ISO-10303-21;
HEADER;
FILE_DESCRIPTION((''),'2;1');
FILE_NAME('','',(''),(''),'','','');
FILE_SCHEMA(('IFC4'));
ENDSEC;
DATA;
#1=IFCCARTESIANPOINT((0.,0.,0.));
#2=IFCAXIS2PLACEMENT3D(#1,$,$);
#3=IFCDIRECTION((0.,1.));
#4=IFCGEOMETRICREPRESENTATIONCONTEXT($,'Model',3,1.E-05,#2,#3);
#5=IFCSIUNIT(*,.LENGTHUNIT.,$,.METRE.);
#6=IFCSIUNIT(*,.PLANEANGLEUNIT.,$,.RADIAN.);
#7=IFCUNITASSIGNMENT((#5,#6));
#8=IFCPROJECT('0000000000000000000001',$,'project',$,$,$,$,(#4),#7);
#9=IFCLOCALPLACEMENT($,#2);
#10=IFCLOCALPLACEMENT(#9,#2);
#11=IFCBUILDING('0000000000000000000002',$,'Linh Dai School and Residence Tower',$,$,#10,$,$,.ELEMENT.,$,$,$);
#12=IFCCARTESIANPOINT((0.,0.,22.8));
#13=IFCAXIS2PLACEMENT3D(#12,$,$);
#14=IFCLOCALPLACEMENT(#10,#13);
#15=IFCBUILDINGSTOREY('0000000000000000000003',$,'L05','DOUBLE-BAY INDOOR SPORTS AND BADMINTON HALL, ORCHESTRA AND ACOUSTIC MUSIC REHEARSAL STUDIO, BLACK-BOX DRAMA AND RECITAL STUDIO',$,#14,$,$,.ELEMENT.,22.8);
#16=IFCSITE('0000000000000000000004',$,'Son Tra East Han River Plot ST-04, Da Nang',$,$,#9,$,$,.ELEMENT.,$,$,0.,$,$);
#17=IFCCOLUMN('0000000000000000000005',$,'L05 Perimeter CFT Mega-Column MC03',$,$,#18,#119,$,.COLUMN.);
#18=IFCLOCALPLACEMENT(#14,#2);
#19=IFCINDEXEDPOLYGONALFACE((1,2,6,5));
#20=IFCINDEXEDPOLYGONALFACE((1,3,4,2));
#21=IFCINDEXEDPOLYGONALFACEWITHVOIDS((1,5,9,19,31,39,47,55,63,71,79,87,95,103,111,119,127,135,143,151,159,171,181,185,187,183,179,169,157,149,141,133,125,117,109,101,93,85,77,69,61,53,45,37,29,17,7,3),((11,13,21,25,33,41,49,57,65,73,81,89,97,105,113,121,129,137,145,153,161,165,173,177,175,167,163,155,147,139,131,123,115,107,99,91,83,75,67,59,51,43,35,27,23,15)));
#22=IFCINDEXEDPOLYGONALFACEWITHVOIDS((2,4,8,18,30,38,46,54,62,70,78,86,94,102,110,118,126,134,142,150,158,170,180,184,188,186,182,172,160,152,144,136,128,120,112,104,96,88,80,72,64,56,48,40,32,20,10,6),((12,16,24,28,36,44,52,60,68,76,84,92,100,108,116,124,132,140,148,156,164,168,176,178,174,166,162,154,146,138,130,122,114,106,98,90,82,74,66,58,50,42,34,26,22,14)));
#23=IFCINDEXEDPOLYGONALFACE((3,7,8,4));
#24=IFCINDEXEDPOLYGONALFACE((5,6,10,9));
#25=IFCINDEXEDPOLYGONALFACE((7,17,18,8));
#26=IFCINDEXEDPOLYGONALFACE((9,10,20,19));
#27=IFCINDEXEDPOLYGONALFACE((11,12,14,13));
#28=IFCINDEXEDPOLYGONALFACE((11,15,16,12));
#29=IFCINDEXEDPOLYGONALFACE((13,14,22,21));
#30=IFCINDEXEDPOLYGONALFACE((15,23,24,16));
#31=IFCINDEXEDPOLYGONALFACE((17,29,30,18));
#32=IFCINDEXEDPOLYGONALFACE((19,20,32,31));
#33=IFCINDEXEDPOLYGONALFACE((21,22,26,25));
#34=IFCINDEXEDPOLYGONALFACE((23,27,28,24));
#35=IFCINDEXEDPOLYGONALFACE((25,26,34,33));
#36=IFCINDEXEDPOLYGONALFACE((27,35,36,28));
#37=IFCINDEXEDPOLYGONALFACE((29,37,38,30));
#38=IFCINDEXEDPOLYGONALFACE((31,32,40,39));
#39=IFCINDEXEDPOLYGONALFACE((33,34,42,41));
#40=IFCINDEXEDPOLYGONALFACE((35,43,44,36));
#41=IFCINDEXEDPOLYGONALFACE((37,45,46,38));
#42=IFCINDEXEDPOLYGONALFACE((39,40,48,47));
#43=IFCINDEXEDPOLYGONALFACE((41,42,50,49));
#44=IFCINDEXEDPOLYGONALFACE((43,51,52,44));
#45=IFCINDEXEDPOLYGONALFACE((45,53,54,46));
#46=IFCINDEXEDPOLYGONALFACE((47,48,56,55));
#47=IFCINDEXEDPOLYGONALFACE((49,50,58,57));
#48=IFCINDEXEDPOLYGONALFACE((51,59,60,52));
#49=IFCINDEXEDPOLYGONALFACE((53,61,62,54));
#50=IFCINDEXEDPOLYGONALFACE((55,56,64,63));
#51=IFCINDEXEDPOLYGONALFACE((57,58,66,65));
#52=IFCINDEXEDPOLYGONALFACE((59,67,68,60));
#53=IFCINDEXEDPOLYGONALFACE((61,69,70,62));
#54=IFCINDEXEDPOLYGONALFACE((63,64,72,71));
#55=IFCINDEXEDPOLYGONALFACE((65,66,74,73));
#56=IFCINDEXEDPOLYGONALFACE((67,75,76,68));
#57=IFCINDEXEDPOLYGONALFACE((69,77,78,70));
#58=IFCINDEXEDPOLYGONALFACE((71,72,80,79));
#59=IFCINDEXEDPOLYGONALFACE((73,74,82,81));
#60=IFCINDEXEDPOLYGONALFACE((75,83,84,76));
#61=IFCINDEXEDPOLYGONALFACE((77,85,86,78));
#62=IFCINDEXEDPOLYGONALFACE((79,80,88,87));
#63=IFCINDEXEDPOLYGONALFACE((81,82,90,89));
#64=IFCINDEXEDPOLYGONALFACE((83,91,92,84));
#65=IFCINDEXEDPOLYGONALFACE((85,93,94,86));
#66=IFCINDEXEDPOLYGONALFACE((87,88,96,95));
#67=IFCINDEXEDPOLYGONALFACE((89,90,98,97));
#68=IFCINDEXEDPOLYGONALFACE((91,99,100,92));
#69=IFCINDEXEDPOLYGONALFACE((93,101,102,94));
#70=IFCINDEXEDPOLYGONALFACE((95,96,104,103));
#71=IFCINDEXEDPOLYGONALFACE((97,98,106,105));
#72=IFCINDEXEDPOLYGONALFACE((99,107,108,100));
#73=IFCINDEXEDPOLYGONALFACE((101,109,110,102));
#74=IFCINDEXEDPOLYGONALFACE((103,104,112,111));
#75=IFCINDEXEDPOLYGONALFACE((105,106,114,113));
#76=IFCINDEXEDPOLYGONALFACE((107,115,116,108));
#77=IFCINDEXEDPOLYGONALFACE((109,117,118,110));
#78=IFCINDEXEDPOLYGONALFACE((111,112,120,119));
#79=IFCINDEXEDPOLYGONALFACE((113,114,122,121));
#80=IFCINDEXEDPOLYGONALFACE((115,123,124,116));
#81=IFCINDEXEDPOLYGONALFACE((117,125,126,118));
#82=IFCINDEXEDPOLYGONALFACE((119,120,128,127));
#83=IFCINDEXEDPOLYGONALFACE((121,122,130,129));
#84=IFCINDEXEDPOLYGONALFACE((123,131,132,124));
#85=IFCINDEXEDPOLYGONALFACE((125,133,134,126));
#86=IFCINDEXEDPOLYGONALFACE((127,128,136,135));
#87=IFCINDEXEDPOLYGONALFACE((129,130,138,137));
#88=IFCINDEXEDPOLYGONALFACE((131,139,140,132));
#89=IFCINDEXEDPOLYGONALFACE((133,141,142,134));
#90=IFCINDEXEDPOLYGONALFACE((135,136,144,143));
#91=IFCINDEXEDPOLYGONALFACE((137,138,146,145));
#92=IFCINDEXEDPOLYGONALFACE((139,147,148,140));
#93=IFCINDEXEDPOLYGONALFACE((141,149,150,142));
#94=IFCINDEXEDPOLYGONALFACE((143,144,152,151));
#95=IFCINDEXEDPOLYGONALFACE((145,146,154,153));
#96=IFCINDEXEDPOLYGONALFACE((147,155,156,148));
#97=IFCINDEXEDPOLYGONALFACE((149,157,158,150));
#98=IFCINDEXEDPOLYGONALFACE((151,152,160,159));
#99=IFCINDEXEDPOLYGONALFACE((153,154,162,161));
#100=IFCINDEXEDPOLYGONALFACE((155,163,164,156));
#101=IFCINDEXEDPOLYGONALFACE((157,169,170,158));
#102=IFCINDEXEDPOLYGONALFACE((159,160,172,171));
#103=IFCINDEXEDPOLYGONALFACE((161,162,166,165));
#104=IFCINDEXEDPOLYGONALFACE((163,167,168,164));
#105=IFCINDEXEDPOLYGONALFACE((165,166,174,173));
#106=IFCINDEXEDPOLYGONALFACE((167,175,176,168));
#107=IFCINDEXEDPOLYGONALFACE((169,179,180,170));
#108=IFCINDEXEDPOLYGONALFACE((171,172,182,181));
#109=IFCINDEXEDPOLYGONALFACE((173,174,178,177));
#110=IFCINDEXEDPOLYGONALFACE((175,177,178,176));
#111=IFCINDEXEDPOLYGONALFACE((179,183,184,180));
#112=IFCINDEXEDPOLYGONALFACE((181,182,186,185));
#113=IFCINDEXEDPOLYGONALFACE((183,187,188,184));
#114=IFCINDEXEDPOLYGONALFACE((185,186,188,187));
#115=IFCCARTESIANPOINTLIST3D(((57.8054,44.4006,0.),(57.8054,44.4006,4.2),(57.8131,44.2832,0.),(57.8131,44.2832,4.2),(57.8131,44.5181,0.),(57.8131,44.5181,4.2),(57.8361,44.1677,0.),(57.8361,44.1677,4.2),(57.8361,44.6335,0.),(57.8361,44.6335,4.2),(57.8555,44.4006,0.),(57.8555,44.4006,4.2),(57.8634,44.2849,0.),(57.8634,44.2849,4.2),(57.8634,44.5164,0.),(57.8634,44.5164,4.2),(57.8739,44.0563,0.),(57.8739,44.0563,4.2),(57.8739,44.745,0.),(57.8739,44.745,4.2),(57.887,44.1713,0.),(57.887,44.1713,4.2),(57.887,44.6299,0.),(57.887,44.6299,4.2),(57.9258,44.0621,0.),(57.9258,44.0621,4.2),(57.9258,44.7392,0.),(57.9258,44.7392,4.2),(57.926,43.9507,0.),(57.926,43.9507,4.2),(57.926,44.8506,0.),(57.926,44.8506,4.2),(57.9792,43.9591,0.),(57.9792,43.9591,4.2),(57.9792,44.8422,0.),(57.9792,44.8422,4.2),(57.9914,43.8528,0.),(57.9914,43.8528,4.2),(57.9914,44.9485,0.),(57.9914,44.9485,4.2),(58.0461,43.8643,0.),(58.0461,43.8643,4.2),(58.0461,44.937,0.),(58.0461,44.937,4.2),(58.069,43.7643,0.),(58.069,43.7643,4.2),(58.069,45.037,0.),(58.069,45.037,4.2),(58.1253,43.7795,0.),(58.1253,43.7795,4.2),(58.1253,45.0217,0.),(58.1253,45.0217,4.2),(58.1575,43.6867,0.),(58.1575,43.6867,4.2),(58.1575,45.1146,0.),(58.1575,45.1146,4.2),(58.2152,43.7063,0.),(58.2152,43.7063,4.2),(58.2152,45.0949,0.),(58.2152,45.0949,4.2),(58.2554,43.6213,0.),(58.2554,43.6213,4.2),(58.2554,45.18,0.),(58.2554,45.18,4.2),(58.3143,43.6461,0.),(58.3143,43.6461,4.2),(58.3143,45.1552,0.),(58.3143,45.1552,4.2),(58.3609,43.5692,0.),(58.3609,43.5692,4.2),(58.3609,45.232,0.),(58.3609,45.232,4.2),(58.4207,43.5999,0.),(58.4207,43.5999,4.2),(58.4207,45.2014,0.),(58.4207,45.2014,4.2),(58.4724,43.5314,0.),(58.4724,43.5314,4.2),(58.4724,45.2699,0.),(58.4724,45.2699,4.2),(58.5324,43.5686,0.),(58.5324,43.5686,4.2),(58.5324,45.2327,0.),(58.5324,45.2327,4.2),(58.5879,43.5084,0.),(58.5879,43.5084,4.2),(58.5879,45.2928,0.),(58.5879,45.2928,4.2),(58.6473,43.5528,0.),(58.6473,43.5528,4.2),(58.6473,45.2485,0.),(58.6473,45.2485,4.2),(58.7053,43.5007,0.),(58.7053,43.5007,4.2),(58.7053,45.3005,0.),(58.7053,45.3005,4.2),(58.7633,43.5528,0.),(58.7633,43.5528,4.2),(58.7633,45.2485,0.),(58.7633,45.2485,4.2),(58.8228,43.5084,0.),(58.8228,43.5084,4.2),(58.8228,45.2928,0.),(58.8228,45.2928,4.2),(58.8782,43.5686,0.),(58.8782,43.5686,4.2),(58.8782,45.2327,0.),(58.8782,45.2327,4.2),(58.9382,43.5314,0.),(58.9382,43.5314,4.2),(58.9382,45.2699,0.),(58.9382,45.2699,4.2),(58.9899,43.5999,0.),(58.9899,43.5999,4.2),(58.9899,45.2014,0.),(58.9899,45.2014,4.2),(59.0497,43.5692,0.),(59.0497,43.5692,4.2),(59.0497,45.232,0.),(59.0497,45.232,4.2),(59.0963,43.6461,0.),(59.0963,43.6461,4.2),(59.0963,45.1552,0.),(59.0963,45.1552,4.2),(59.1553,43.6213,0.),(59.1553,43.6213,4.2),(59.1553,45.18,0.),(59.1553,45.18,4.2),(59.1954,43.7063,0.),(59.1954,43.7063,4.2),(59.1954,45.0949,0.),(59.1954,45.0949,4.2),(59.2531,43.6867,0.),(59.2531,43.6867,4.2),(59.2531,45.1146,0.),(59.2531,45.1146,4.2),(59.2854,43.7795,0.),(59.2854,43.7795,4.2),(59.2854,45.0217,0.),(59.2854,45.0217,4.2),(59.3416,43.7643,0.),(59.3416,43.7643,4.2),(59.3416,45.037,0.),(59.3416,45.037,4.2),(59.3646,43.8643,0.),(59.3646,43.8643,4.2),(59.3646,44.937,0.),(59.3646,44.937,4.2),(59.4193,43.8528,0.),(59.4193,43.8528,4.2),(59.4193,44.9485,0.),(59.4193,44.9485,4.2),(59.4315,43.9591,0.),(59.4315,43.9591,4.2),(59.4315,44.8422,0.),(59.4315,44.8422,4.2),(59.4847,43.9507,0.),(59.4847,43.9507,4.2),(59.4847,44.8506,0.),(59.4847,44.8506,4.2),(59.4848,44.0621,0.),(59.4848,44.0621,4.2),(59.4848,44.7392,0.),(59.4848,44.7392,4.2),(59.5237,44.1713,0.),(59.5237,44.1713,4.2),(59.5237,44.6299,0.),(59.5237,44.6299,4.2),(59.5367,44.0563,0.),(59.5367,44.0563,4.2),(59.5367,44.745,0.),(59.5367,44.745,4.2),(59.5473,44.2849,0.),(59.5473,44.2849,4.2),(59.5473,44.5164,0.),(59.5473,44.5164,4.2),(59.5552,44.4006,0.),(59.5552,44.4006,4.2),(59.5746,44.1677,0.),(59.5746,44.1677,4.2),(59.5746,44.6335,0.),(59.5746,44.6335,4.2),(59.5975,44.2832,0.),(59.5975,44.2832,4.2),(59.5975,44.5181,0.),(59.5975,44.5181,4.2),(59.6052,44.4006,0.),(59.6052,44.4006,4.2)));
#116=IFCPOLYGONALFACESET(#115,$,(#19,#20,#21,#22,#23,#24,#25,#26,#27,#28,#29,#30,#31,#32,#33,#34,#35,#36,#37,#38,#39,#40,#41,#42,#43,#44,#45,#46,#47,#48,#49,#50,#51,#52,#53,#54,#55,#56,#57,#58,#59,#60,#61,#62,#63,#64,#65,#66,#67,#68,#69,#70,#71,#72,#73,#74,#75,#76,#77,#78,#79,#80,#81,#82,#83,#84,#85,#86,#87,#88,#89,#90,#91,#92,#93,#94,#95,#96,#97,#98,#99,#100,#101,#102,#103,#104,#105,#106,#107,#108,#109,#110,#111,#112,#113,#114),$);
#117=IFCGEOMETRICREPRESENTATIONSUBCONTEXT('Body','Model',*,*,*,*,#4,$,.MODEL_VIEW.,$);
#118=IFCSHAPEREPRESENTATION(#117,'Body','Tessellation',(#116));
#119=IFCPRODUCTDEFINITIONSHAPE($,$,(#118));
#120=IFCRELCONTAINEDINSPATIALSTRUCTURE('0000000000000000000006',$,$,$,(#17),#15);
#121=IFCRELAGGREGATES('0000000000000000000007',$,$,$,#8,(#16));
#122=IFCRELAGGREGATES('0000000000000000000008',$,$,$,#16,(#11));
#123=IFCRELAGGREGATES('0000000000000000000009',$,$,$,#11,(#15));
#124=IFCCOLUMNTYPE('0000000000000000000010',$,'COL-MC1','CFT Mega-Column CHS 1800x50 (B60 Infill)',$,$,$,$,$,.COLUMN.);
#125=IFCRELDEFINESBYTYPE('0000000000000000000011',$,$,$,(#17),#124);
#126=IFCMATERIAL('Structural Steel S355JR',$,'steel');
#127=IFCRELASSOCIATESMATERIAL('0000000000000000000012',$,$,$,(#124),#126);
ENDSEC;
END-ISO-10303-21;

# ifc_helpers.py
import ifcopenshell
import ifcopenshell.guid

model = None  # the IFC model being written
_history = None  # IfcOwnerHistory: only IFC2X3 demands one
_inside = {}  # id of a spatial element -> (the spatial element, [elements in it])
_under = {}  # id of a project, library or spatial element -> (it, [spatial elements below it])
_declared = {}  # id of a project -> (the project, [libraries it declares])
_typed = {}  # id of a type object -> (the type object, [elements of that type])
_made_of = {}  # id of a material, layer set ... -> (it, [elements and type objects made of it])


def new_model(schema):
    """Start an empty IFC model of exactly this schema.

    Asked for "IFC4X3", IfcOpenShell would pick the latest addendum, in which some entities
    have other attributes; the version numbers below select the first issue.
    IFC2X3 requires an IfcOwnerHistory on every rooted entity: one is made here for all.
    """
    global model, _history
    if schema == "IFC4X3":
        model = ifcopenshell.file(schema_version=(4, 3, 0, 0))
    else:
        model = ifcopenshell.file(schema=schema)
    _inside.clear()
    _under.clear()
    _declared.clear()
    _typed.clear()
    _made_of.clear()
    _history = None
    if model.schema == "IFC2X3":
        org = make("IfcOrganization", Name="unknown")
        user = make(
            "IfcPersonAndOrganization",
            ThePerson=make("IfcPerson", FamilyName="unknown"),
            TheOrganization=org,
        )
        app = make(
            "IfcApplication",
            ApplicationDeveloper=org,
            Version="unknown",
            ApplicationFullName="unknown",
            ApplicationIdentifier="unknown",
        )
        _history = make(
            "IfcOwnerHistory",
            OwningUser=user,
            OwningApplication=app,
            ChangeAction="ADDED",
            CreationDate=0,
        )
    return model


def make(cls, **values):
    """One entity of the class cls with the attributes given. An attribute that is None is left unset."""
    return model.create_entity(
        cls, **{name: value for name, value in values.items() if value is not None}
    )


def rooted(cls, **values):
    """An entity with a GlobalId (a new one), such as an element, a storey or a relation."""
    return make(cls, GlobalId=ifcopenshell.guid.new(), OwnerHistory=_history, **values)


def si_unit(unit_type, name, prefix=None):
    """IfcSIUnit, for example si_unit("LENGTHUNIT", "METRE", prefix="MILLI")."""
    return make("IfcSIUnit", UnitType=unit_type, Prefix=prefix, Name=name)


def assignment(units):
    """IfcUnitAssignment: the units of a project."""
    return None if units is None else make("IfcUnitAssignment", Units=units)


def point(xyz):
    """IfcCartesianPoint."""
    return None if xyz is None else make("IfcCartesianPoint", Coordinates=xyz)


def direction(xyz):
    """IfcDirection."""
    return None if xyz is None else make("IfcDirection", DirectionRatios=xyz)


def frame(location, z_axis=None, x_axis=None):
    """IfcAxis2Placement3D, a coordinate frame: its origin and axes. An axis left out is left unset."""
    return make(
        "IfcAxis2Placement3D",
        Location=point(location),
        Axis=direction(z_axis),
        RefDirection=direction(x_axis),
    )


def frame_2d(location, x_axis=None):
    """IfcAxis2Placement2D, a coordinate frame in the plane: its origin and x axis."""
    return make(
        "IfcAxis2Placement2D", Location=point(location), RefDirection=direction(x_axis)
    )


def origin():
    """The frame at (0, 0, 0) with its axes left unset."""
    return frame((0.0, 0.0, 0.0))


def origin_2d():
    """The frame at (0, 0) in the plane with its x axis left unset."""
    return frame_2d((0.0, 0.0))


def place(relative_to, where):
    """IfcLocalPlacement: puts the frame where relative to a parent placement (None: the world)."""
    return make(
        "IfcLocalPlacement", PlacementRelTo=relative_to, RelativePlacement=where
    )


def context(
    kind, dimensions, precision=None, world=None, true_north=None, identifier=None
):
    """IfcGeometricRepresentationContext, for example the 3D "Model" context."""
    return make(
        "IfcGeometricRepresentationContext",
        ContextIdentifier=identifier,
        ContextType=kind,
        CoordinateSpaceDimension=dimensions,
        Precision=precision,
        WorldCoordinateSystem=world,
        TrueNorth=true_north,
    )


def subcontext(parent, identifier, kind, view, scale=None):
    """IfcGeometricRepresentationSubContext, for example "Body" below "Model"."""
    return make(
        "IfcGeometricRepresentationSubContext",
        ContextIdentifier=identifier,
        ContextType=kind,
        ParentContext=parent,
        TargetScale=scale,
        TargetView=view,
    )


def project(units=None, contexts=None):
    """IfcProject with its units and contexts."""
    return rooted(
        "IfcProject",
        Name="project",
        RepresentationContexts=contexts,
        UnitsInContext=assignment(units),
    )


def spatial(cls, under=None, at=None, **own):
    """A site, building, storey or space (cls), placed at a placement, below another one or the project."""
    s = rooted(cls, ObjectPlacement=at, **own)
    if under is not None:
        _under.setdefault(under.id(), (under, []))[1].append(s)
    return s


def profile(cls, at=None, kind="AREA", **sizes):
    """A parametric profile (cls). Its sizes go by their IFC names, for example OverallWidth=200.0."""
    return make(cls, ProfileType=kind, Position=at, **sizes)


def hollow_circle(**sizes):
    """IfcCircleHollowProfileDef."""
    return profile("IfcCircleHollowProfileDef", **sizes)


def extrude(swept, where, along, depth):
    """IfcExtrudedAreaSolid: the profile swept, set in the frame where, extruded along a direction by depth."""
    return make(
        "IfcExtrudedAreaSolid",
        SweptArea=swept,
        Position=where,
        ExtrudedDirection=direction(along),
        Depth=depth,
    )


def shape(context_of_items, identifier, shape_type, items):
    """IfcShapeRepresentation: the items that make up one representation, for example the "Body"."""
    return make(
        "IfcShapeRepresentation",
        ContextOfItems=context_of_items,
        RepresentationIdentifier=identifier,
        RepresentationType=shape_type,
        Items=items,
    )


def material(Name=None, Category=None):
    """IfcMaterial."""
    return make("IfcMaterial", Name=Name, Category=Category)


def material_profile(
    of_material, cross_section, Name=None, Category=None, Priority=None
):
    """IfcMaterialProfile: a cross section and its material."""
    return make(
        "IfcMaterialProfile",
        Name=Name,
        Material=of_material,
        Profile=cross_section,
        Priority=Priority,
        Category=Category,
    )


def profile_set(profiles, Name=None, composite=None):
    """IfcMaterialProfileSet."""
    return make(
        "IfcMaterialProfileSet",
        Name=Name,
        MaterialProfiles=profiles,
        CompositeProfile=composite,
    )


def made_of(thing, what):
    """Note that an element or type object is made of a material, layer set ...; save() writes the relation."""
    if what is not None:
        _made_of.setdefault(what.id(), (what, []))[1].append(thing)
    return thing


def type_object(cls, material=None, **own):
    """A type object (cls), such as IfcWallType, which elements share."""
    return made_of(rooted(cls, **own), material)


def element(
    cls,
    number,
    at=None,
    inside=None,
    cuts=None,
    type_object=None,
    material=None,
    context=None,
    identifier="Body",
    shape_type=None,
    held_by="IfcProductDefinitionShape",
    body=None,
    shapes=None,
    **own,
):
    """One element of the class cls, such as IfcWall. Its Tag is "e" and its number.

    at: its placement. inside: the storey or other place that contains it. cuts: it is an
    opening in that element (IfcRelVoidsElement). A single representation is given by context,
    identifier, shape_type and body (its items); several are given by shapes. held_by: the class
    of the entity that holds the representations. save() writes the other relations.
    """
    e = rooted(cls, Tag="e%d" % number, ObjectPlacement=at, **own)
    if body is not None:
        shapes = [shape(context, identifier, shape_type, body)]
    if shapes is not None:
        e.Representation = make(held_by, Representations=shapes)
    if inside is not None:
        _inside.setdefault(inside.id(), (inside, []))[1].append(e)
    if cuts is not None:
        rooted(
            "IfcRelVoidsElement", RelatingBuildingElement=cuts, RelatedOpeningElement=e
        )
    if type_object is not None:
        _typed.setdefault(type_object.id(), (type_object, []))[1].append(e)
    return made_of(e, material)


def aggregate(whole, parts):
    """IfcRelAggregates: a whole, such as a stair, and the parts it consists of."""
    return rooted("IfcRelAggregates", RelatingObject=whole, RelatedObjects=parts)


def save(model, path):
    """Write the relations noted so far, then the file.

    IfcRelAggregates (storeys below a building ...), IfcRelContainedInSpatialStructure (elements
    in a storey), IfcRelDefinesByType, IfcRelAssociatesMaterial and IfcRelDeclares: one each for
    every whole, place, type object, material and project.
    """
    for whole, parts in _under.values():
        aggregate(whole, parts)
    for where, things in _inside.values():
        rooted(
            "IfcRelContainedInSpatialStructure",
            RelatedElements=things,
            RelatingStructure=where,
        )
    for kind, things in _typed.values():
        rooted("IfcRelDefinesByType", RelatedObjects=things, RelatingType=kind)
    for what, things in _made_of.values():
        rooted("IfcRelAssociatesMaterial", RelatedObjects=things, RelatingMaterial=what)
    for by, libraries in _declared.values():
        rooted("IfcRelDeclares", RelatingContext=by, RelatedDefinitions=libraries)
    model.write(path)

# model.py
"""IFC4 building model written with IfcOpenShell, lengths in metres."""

from ifc_helpers import new_model, si_unit, direction, frame, origin, origin_2d, place, context, subcontext, project, spatial, hollow_circle, extrude, material, material_profile, profile_set, type_object, element, save


model = new_model("IFC4")

# Units and contexts
model_context = context("Model", 3, precision=1e-05, world=origin(), true_north=direction((0.0, 1.0)))
body_context = subcontext(model_context, "Body", "Model", "MODEL_VIEW")
ifc_project = project(units=[si_unit("LENGTHUNIT", "METRE"), si_unit("PLANEANGLEUNIT", "RADIAN")], contexts=[model_context])

# Site, building, storey
site_placement = place(None, origin())
site = spatial("IfcSite", under=ifc_project, at=site_placement, Name="Son Tra East Han River Plot ST-04, Da Nang", CompositionType="ELEMENT", RefElevation=0.0)
building_placement = place(site_placement, origin())
building = spatial("IfcBuilding", under=site, at=building_placement, Name="Linh Dai School and Residence Tower", CompositionType="ELEMENT")
storey_placement = place(building_placement, frame((0.0, 0.0, 22.8)))
storey = spatial("IfcBuildingStorey", under=building, at=storey_placement, Name="L05", Description="DOUBLE-BAY INDOOR SPORTS AND BADMINTON HALL, ORCHESTRA AND ACOUSTIC MUSIC REHEARSAL STUDIO, BLACK-BOX DRAMA AND RECITAL STUDIO", CompositionType="ELEMENT", Elevation=22.8)

# Column
ifc_material_1 = material(Name="Structural Steel S355JR", Category="steel")
ifc_material_profile_1 = material_profile(ifc_material_1, hollow_circle(Radius=0.8999, WallThickness=0.05, at=origin_2d()), Name="CHS 1800x50")
ifc_profile_set_1 = profile_set([ifc_material_profile_1], Name="Structural Steel S355JR")
column_type_1 = type_object("IfcColumnType", Name="COL-MC1", Description="CFT Mega-Column CHS 1800x50 (B60 Infill)", PredefinedType="COLUMN", material=ifc_profile_set_1)
for number, where, z_axis, x_axis, name in (
    (1, (58.7053, 44.4006, 0.0), (0.0, 0.0, 1.0), (1.0, 0.0, 0.0), "L05 Perimeter CFT Mega-Column MC03"),
):
    element("IfcColumn", number, at=place(storey_placement, frame(where, z_axis=z_axis, x_axis=x_axis)), inside=storey, type_object=column_type_1, Name=name, PredefinedType="COLUMN", context=body_context, shape_type="SweptSolid", body=[
        extrude(hollow_circle(Radius=0.8999, WallThickness=0.05, at=origin_2d()), origin(), (0.0, 0.0, 1.0), 4.2),
    ])

save(model, "model.ifc")
